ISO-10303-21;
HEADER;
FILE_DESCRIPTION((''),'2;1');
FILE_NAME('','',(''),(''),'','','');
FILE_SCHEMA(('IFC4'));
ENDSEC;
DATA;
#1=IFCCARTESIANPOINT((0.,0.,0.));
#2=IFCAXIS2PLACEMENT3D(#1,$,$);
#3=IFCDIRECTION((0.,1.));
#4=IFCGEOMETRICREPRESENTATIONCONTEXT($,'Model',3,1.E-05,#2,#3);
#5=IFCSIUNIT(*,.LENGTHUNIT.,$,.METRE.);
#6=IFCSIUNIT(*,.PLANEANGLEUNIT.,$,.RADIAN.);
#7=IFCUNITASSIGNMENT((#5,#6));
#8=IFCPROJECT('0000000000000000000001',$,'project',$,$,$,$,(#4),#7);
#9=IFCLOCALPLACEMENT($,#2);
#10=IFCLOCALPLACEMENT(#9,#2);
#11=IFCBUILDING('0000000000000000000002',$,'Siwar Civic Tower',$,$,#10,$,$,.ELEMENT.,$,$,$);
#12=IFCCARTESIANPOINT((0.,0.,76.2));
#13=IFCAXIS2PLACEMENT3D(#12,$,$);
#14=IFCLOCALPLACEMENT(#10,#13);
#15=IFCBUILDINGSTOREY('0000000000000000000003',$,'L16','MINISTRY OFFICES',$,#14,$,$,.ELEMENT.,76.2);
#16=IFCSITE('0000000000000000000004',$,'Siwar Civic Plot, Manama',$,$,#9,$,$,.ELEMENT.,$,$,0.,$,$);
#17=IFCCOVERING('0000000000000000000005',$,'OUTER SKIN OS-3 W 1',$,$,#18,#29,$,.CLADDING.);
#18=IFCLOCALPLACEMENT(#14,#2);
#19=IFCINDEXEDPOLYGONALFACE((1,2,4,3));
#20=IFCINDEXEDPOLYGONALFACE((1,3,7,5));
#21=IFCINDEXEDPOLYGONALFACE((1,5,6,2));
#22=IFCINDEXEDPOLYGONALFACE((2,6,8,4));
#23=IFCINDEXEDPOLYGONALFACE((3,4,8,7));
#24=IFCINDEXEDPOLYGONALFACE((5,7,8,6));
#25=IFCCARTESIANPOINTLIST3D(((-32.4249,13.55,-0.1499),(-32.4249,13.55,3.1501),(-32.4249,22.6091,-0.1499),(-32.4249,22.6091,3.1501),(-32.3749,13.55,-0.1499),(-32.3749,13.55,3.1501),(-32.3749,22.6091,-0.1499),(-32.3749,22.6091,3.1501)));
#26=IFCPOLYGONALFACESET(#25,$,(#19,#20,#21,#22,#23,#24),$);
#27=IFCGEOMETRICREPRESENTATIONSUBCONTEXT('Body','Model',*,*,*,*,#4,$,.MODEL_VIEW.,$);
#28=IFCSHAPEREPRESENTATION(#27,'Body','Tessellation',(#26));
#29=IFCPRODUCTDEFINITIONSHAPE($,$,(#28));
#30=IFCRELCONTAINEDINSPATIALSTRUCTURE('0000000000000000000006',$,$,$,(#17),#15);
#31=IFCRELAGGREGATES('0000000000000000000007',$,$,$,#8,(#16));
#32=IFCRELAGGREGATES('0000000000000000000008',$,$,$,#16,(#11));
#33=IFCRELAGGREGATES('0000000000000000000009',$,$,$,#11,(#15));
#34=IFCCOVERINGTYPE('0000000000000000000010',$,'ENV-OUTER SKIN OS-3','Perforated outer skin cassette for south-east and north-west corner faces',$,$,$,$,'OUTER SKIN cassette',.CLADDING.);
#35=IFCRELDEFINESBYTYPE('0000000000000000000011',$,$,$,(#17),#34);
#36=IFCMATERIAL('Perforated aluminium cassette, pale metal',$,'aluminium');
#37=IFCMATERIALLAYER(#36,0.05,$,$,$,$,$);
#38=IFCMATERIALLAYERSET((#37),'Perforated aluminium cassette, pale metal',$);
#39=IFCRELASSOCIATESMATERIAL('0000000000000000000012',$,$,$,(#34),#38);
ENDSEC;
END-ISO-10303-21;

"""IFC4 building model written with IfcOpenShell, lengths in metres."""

from ifc_helpers import new_model, si_unit, direction, frame, origin, origin_2d, place, context, subcontext, project, spatial, rectangle, extrude, material, layer, layer_set, type_object, element, save


model = new_model("IFC4")

# Units and contexts
model_context = context("Model", 3, precision=1e-05, world=origin(), true_north=direction((0.0, 1.0)))
body_context = subcontext(model_context, "Body", "Model", "MODEL_VIEW")
ifc_project = project(units=[si_unit("LENGTHUNIT", "METRE"), si_unit("PLANEANGLEUNIT", "RADIAN")], contexts=[model_context])

# Site, building, storey
site_placement = place(None, origin())
site = spatial("IfcSite", under=ifc_project, at=site_placement, Name="Siwar Civic Plot, Manama", CompositionType="ELEMENT", RefElevation=0.0)
building_placement = place(site_placement, origin())
building = spatial("IfcBuilding", under=site, at=building_placement, Name="Siwar Civic Tower", CompositionType="ELEMENT")
storey_placement = place(building_placement, frame((0.0, 0.0, 76.2)))
storey = spatial("IfcBuildingStorey", under=building, at=storey_placement, Name="L16", Description="MINISTRY OFFICES", CompositionType="ELEMENT", Elevation=76.2)

# Covering
ifc_material_1 = material(Name="Perforated aluminium cassette, pale metal", Category="aluminium")
ifc_layer_1 = layer(ifc_material_1, 0.05)
ifc_layer_set_1 = layer_set([ifc_layer_1], Name="Perforated aluminium cassette, pale metal")
covering_type = type_object("IfcCoveringType", Name="ENV-OUTER SKIN OS-3", Description="Perforated outer skin cassette for south-east and north-west corner faces", ElementType="OUTER SKIN cassette", PredefinedType="CLADDING", material=ifc_layer_set_1)
covering_placement = place(storey_placement, frame((-32.3999, 18.0796, -0.1499), z_axis=(0.0, 0.0, 1.0), x_axis=(0.0, -1.0, 0.0)))
element("IfcCovering", 1, at=covering_placement, inside=storey, type_object=covering_type, Name="OUTER SKIN OS-3 W 1", PredefinedType="CLADDING", context=body_context, shape_type="SweptSolid", body=[
    extrude(rectangle(XDim=9.0591, YDim=0.05, at=origin_2d()), origin(), (0.0, 0.0, 1.0), 3.3),
])

save(model, "model.ifc")
